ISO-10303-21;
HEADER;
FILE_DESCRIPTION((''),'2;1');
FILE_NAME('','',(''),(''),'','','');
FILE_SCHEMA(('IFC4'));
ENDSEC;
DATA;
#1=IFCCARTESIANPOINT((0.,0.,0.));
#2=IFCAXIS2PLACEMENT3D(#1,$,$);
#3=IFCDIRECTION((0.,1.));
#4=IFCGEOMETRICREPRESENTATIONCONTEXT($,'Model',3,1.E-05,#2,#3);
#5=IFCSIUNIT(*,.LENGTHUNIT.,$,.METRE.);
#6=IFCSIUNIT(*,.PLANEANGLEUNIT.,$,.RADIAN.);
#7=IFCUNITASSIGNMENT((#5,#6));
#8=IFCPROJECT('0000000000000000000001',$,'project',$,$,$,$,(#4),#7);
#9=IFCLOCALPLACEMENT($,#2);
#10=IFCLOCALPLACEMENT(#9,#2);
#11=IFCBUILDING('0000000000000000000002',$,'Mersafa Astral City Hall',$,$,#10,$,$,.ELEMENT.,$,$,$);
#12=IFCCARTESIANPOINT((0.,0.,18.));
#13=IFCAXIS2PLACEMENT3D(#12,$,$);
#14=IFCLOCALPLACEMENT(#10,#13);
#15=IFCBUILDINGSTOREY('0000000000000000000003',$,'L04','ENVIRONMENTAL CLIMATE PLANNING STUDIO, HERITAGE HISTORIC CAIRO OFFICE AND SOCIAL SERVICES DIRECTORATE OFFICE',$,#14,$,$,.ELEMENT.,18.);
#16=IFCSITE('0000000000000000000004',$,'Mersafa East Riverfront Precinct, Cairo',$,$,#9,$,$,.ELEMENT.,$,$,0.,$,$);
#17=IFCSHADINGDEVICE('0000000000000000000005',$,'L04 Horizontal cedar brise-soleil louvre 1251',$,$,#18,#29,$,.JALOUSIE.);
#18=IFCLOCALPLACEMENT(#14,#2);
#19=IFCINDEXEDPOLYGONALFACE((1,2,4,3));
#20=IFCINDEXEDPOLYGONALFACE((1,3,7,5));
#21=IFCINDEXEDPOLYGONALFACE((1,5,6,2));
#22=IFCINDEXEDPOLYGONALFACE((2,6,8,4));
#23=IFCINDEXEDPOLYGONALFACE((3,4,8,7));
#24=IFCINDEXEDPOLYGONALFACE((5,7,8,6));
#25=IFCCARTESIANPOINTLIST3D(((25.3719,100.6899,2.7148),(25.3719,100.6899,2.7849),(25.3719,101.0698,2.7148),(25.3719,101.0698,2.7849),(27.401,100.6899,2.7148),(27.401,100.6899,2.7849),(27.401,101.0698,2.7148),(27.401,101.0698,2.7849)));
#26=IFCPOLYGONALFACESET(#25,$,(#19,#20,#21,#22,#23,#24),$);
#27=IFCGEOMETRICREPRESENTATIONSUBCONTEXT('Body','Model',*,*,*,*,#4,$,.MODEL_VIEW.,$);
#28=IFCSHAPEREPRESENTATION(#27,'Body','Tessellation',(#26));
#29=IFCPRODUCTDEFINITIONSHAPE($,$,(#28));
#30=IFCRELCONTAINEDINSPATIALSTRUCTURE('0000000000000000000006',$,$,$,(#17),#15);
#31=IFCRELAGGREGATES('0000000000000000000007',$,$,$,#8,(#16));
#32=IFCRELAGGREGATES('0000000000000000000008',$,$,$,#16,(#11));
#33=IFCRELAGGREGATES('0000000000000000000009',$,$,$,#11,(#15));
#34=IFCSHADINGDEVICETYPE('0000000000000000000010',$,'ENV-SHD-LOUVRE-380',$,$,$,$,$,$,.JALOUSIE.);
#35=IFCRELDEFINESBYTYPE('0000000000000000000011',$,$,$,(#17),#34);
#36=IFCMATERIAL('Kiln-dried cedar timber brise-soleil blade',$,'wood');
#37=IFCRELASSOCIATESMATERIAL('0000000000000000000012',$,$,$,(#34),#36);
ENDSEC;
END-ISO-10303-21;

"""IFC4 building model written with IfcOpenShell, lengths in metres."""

from ifc_helpers import new_model, si_unit, direction, frame, origin, origin_2d, place, context, subcontext, project, spatial, rectangle, extrude, material, type_object, element, save


model = new_model("IFC4")

# Units and contexts
model_context = context("Model", 3, precision=1e-05, world=origin(), true_north=direction((0.0, 1.0)))
body_context = subcontext(model_context, "Body", "Model", "MODEL_VIEW")
ifc_project = project(units=[si_unit("LENGTHUNIT", "METRE"), si_unit("PLANEANGLEUNIT", "RADIAN")], contexts=[model_context])

# Site, building, storey
site_placement = place(None, origin())
site = spatial("IfcSite", under=ifc_project, at=site_placement, Name="Mersafa East Riverfront Precinct, Cairo", CompositionType="ELEMENT", RefElevation=0.0)
building_placement = place(site_placement, origin())
building = spatial("IfcBuilding", under=site, at=building_placement, Name="Mersafa Astral City Hall", CompositionType="ELEMENT")
storey_placement = place(building_placement, frame((0.0, 0.0, 18.0)))
storey = spatial("IfcBuildingStorey", under=building, at=storey_placement, Name="L04", Description="ENVIRONMENTAL CLIMATE PLANNING STUDIO, HERITAGE HISTORIC CAIRO OFFICE AND SOCIAL SERVICES DIRECTORATE OFFICE", CompositionType="ELEMENT", Elevation=18.0)

# Shading device
ifc_material_1 = material(Name="Kiln-dried cedar timber brise-soleil blade", Category="wood")
shading_device_type = type_object("IfcShadingDeviceType", Name="ENV-SHD-LOUVRE-380", PredefinedType="JALOUSIE", material=ifc_material_1)
shading_device_1_placement = place(storey_placement, frame((26.3865, 100.8799, 2.7148), z_axis=(0.0, 0.0, 1.0), x_axis=(-1.0, 0.0, 0.0)))
element("IfcShadingDevice", 1, at=shading_device_1_placement, inside=storey, type_object=shading_device_type, Name="L04 Horizontal cedar brise-soleil louvre 1251", PredefinedType="JALOUSIE", context=body_context, shape_type="SweptSolid", body=[
    extrude(rectangle(XDim=2.0291, YDim=0.3799, at=origin_2d()), origin(), (0.0, 0.0, 1.0), 0.0701),
])

save(model, "model.ifc")
